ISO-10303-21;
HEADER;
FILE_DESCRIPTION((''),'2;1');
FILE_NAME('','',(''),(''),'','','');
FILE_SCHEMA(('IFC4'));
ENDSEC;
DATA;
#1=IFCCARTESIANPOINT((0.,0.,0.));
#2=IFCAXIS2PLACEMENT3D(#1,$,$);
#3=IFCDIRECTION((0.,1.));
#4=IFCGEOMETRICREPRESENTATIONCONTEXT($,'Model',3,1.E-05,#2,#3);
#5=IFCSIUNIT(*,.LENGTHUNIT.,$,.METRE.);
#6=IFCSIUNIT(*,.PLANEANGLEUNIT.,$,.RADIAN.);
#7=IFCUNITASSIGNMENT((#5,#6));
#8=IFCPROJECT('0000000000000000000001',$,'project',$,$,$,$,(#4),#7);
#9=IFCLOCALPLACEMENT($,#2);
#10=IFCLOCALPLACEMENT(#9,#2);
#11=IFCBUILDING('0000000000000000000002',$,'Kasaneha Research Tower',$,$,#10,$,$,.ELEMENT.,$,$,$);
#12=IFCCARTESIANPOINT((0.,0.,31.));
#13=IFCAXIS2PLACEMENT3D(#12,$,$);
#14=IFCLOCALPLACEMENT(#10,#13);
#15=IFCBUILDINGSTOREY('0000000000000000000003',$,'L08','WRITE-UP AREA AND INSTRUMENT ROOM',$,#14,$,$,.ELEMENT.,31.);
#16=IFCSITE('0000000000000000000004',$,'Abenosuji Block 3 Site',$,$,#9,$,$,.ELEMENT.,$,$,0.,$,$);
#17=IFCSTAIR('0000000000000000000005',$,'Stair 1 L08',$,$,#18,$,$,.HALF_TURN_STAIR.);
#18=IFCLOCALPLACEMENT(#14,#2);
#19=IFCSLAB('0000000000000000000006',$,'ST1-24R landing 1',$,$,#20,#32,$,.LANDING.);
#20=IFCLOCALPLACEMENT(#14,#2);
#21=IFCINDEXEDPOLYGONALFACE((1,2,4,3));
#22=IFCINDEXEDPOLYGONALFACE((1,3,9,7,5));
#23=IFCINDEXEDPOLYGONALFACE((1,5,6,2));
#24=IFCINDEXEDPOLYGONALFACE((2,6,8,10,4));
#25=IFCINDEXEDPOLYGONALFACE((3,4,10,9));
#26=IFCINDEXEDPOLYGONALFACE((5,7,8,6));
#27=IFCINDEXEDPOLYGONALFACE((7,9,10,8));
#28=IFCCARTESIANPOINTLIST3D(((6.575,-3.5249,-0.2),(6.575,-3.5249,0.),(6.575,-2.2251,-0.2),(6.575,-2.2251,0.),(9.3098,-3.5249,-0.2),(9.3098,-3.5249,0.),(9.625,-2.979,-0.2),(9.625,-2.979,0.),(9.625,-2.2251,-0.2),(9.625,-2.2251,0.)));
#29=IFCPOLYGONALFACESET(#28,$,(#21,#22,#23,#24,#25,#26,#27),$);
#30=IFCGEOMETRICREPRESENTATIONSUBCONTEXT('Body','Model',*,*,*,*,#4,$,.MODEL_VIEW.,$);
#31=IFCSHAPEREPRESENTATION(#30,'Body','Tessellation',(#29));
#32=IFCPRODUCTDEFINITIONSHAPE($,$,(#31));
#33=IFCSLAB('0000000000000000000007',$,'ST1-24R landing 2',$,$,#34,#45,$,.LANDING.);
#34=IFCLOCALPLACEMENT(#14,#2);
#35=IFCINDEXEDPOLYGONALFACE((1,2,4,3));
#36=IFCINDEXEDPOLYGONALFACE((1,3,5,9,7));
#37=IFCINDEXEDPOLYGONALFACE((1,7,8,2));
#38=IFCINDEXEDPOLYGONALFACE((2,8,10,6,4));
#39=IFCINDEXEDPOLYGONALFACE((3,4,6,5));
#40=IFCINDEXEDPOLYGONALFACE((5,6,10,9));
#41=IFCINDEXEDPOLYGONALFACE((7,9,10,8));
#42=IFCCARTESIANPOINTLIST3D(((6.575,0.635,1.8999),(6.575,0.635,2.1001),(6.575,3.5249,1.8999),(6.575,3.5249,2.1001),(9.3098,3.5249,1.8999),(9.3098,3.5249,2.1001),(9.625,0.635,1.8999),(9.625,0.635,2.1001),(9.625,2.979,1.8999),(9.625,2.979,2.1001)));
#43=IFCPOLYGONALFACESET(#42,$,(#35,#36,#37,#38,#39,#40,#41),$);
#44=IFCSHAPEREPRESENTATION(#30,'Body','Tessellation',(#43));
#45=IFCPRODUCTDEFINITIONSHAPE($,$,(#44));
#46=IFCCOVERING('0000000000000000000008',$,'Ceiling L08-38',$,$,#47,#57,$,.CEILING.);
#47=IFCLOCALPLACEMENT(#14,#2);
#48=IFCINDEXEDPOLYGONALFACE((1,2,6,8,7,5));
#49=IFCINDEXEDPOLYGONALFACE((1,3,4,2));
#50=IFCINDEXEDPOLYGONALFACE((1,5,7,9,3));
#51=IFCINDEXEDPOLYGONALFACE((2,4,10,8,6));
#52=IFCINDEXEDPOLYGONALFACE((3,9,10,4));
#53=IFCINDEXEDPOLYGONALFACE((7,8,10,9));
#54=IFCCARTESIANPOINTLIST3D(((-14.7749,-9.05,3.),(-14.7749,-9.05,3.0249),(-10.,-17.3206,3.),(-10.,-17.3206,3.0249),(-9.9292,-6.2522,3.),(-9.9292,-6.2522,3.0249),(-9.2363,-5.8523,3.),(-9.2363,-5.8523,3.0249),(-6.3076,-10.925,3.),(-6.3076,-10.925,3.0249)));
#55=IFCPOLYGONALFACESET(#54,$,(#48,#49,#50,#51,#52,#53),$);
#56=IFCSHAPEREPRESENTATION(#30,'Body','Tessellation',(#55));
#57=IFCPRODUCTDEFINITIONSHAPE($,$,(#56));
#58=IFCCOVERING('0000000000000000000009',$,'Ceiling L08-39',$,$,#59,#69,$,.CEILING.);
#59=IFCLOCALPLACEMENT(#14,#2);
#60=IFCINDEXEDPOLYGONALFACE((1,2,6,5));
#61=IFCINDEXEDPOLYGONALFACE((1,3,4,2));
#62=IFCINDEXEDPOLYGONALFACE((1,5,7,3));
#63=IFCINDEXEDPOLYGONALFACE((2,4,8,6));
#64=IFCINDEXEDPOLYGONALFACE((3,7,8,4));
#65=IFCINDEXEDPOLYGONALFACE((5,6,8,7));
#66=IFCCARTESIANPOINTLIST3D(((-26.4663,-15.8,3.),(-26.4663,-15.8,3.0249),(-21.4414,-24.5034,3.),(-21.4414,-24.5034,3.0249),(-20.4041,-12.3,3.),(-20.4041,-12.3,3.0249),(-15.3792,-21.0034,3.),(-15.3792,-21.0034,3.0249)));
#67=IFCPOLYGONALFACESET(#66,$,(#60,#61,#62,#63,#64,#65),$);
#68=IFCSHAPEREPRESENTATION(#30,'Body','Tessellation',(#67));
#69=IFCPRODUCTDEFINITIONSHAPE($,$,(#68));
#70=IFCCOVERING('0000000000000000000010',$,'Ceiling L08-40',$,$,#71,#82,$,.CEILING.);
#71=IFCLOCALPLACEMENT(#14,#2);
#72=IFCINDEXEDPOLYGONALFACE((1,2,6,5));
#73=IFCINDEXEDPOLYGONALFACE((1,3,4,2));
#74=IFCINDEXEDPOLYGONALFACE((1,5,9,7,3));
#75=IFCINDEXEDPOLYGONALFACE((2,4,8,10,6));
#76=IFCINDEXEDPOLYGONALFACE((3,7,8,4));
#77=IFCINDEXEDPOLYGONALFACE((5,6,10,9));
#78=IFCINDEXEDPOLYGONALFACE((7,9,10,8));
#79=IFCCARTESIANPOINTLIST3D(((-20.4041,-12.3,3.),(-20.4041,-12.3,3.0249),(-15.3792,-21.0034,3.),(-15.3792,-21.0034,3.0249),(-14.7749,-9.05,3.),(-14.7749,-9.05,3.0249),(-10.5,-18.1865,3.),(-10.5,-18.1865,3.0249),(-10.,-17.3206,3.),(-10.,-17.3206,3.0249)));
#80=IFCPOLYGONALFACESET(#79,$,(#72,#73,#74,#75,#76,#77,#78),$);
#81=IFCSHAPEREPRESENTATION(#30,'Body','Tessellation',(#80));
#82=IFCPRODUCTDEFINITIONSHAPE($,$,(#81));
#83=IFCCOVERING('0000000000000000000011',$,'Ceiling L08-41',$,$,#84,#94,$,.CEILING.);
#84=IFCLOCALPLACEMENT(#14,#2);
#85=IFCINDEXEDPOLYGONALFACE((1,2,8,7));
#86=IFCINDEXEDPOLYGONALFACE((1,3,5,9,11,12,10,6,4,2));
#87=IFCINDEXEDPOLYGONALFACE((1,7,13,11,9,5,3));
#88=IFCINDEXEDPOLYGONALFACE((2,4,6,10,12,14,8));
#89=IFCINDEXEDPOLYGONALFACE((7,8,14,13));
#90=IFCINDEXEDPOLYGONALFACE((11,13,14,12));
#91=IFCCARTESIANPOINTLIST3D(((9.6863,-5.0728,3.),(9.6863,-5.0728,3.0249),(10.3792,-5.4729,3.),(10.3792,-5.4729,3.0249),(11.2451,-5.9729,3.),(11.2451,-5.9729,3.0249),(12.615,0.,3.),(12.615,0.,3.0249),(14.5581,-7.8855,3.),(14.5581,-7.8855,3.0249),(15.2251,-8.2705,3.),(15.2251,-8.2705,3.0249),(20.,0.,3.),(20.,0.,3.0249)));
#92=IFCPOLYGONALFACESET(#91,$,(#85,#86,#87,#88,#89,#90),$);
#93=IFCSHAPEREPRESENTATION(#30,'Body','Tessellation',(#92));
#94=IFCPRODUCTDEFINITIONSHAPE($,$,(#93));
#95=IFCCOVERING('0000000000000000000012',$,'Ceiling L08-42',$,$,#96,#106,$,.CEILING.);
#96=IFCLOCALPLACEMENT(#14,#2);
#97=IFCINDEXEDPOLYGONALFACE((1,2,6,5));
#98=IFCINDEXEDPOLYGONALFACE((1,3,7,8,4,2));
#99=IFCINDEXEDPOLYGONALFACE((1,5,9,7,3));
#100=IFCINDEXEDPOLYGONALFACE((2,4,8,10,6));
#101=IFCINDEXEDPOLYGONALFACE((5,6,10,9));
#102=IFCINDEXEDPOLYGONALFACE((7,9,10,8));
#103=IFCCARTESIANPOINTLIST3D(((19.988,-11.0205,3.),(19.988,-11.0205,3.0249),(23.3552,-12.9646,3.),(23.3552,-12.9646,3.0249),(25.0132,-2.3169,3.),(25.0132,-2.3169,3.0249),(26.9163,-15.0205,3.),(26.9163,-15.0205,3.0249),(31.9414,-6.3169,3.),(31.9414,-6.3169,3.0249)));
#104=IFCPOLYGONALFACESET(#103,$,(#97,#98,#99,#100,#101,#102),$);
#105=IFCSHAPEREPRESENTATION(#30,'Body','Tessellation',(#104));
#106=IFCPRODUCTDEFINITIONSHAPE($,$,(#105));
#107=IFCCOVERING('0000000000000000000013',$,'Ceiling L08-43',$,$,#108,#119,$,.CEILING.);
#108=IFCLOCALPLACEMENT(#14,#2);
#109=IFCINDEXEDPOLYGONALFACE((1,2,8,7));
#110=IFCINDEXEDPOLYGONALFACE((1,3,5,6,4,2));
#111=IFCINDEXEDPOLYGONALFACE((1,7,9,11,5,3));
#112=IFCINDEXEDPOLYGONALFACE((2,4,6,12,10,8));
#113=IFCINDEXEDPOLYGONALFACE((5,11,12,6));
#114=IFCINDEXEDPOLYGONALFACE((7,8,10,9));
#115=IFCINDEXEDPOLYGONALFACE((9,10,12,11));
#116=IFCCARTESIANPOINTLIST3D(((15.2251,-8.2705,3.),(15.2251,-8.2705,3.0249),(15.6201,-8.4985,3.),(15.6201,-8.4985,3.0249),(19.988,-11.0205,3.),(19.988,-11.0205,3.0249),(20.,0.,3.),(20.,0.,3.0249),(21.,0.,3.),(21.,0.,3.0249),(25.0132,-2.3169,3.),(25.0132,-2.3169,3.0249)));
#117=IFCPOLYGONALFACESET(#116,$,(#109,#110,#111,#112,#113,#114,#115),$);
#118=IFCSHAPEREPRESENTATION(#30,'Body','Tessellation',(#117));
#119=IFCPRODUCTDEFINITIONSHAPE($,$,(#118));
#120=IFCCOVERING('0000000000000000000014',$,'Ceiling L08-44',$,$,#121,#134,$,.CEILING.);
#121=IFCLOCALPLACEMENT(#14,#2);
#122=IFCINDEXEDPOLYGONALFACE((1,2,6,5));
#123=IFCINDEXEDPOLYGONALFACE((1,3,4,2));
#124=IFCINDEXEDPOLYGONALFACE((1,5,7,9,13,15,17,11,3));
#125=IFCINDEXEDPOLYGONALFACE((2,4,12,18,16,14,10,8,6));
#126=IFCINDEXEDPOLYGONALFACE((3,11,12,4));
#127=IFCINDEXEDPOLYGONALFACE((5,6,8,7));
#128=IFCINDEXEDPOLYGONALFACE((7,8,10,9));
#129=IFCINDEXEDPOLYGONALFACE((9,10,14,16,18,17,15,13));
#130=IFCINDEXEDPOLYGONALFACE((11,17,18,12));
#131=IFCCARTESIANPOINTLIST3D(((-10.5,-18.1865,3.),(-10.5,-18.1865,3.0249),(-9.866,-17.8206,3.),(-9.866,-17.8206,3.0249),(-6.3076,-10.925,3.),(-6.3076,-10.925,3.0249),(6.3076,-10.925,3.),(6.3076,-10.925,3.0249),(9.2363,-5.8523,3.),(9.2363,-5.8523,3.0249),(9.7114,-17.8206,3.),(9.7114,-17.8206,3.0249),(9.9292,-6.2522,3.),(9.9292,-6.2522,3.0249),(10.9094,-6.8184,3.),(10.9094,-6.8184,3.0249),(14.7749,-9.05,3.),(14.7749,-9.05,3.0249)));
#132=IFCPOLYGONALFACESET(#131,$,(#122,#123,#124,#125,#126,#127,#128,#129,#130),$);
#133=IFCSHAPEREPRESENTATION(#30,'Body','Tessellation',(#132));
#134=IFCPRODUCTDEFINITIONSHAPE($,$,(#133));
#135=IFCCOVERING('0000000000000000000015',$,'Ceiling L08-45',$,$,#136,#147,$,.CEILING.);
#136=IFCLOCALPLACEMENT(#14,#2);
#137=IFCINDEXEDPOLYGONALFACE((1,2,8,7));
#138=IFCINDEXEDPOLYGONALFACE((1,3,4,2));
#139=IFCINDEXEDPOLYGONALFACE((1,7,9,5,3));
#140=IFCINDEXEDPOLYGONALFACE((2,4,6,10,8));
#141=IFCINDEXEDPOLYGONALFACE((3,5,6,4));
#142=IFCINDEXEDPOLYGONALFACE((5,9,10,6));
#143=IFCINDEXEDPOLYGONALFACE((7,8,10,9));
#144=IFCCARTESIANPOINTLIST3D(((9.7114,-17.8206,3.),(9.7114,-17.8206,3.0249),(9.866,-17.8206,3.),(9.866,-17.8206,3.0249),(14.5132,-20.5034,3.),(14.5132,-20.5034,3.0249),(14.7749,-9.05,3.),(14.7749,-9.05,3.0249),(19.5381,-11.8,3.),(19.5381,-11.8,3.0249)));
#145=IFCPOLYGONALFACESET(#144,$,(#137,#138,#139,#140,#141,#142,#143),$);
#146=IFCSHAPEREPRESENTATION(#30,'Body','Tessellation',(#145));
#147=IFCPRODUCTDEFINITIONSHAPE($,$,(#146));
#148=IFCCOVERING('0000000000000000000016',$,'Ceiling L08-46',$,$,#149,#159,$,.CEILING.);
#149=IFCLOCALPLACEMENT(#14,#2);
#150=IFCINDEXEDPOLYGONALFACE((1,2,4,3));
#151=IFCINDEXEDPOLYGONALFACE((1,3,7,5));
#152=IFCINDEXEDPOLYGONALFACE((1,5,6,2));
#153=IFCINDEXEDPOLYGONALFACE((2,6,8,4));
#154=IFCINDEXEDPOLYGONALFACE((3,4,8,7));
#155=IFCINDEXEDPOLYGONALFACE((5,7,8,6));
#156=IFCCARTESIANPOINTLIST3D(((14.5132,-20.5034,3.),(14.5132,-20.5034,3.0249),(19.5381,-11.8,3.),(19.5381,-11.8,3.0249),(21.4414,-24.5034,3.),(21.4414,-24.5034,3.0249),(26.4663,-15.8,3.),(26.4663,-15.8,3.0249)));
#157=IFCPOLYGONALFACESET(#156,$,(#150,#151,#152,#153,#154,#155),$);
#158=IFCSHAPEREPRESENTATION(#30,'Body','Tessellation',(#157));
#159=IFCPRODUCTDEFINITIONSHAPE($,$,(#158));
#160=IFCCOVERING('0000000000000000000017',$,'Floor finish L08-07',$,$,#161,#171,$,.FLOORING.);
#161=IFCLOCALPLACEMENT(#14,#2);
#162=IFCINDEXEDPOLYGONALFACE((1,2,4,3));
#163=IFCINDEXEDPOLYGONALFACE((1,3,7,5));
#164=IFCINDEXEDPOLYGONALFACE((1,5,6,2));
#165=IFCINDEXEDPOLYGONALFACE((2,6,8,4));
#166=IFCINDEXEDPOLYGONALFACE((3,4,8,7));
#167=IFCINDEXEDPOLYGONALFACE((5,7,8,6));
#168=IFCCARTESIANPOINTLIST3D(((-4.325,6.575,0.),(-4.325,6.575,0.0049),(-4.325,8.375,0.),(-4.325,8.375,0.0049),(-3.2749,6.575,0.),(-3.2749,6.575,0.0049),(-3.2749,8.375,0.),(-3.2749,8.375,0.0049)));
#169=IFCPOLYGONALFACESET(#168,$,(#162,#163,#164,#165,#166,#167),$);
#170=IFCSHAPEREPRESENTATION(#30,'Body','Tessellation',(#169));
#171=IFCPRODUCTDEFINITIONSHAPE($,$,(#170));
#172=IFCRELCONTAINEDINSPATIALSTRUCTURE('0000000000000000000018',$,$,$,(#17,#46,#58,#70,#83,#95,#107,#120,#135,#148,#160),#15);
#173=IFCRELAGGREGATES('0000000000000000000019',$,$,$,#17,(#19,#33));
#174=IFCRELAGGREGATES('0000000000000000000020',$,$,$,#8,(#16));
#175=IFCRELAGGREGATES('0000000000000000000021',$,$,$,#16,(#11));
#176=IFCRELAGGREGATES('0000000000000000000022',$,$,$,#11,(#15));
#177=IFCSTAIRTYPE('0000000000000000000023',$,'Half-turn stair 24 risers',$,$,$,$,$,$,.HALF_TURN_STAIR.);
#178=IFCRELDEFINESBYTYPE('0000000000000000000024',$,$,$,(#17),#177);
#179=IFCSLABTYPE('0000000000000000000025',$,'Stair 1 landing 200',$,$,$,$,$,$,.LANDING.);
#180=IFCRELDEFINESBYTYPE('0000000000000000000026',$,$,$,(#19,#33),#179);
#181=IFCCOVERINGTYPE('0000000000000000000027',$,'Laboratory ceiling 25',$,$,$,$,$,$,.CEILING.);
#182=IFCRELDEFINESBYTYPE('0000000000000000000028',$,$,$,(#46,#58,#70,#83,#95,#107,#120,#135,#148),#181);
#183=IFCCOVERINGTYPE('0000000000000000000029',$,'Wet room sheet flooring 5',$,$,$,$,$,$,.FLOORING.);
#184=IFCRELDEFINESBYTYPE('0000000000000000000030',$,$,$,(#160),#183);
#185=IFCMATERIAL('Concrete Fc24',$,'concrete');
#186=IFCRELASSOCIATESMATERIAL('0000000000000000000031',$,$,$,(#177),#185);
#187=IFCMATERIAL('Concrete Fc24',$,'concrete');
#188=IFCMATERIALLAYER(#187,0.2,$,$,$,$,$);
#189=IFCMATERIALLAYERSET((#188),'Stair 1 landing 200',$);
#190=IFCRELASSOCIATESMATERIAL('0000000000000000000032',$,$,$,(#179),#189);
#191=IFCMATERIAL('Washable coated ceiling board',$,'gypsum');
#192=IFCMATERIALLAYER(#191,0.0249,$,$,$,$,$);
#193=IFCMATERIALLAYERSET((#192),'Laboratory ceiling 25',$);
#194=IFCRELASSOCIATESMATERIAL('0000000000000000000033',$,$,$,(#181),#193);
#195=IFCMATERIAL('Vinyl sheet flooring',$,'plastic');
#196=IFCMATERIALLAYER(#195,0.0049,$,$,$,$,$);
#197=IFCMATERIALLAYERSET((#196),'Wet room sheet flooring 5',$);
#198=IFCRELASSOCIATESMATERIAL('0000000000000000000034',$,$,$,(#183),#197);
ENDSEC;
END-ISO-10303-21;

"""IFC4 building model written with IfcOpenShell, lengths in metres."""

from ifc_helpers import new_model, si_unit, direction, frame, origin, place, context, subcontext, project, spatial, polyline, outline, extrude, material, layer, layer_set, type_object, element, aggregate, save


model = new_model("IFC4")

# Units and contexts
model_context = context("Model", 3, precision=1e-05, world=origin(), true_north=direction((0.0, 1.0)))
body_context = subcontext(model_context, "Body", "Model", "MODEL_VIEW")
ifc_project = project(units=[si_unit("LENGTHUNIT", "METRE"), si_unit("PLANEANGLEUNIT", "RADIAN")], contexts=[model_context])

# Site, building, storey
site_placement = place(None, origin())
site = spatial("IfcSite", under=ifc_project, at=site_placement, Name="Abenosuji Block 3 Site", CompositionType="ELEMENT", RefElevation=0.0)
building_placement = place(site_placement, origin())
building = spatial("IfcBuilding", under=site, at=building_placement, Name="Kasaneha Research Tower", CompositionType="ELEMENT")
storey_placement = place(building_placement, frame((0.0, 0.0, 31.0)))
storey = spatial("IfcBuildingStorey", under=building, at=storey_placement, Name="L08", Description="WRITE-UP AREA AND INSTRUMENT ROOM", CompositionType="ELEMENT", Elevation=31.0)

# Stair, slabs
ifc_material_1 = material(Name="Concrete Fc24", Category="concrete")
stair_type = type_object("IfcStairType", Name="Half-turn stair 24 risers", PredefinedType="HALF_TURN_STAIR", material=ifc_material_1)
stair_placement = place(storey_placement, origin())
stair = element("IfcStair", 1, at=stair_placement, inside=storey, type_object=stair_type, Name="Stair 1 L08", PredefinedType="HALF_TURN_STAIR")
ifc_material_2 = material(Name="Concrete Fc24", Category="concrete")
ifc_layer_1 = layer(ifc_material_2, 0.2)
ifc_layer_set_1 = layer_set([ifc_layer_1], Name="Stair 1 landing 200")
slab_type = type_object("IfcSlabType", Name="Stair 1 landing 200", PredefinedType="LANDING", material=ifc_layer_set_1)
slab_1_placement = place(storey_placement, frame((0.0, 0.0, -0.2)))
slab_1 = element("IfcSlab", 2, at=slab_1_placement, type_object=slab_type, Name="ST1-24R landing 1", PredefinedType="LANDING", context=body_context, shape_type="SweptSolid", body=[
    extrude(outline(polyline([(9.3098, -3.5249), (6.575, -3.5249), (6.575, -2.2251), (9.625, -2.2251), (9.625, -2.979), (9.3098, -3.5249)])), origin(), (0.0, 0.0, 1.0), 0.2),
])
slab_2_placement = place(storey_placement, frame((0.0, 0.0, 1.8999)))
slab_2 = element("IfcSlab", 3, at=slab_2_placement, type_object=slab_type, Name="ST1-24R landing 2", PredefinedType="LANDING", context=body_context, shape_type="SweptSolid", body=[
    extrude(outline(polyline([(6.575, 3.5249), (9.3098, 3.5249), (9.625, 2.979), (9.625, 0.635), (6.575, 0.635), (6.575, 3.5249)])), origin(), (0.0, 0.0, 1.0), 0.2002),
])
aggregate(stair, [slab_1, slab_2])

# Coverings
ifc_material_3 = material(Name="Washable coated ceiling board", Category="gypsum")
ifc_layer_2 = layer(ifc_material_3, 0.0249)
ifc_layer_set_2 = layer_set([ifc_layer_2], Name="Laboratory ceiling 25")
covering_type_1 = type_object("IfcCoveringType", Name="Laboratory ceiling 25", PredefinedType="CEILING", material=ifc_layer_set_2)
covering_1_placement = place(storey_placement, frame((0.0, 0.0, 3.0)))
element("IfcCovering", 4, at=covering_1_placement, inside=storey, type_object=covering_type_1, Name="Ceiling L08-38", PredefinedType="CEILING", context=body_context, shape_type="SweptSolid", body=[
    extrude(outline(polyline([(-9.2363, -5.8523), (-6.3076, -10.925), (-10.0, -17.3206), (-14.7749, -9.05), (-9.9292, -6.2522), (-9.9292, -6.2522), (-9.2363, -5.8523)])), origin(), (0.0, 0.0, 1.0), 0.0249),
])
covering_2_placement = place(storey_placement, frame((0.0, 0.0, 3.0)))
element("IfcCovering", 5, at=covering_2_placement, inside=storey, type_object=covering_type_1, Name="Ceiling L08-39", PredefinedType="CEILING", context=body_context, shape_type="SweptSolid", body=[
    extrude(outline(polyline([(-21.4414, -24.5034), (-26.4663, -15.8), (-20.4041, -12.3), (-15.3792, -21.0034), (-21.4414, -24.5034)])), origin(), (0.0, 0.0, 1.0), 0.0249),
])
covering_3_placement = place(storey_placement, frame((0.0, 0.0, 3.0)))
element("IfcCovering", 6, at=covering_3_placement, inside=storey, type_object=covering_type_1, Name="Ceiling L08-40", PredefinedType="CEILING", context=body_context, shape_type="SweptSolid", body=[
    extrude(outline(polyline([(-10.5, -18.1865), (-15.3792, -21.0034), (-20.4041, -12.3), (-14.7749, -9.05), (-10.0, -17.3206), (-10.5, -18.1865)])), origin(), (0.0, 0.0, 1.0), 0.0249),
])
covering_4_placement = place(storey_placement, frame((0.0, 0.0, 3.0)))
element("IfcCovering", 7, at=covering_4_placement, inside=storey, type_object=covering_type_1, Name="Ceiling L08-41", PredefinedType="CEILING", context=body_context, shape_type="SweptSolid", body=[
    extrude(outline(polyline([(11.2451, -5.9729), (10.3792, -5.4729), (9.6863, -5.0728), (12.615, 0.0), (20.0, 0.0), (15.2251, -8.2705), (14.5581, -7.8855), (11.2451, -5.9729)])), origin(), (0.0, 0.0, 1.0), 0.0249),
])
covering_5_placement = place(storey_placement, frame((0.0, 0.0, 3.0)))
element("IfcCovering", 8, at=covering_5_placement, inside=storey, type_object=covering_type_1, Name="Ceiling L08-42", PredefinedType="CEILING", context=body_context, shape_type="SweptSolid", body=[
    extrude(outline(polyline([(19.988, -11.0205), (25.0132, -2.3169), (31.9414, -6.3169), (26.9163, -15.0205), (23.3552, -12.9646), (19.988, -11.0205)])), origin(), (0.0, 0.0, 1.0), 0.0249),
])
covering_6_placement = place(storey_placement, frame((0.0, 0.0, 3.0)))
element("IfcCovering", 9, at=covering_6_placement, inside=storey, type_object=covering_type_1, Name="Ceiling L08-43", PredefinedType="CEILING", context=body_context, shape_type="SweptSolid", body=[
    extrude(outline(polyline([(15.2251, -8.2705), (20.0, 0.0), (21.0, 0.0), (25.0132, -2.3169), (19.988, -11.0205), (15.6201, -8.4985), (15.2251, -8.2705)])), origin(), (0.0, 0.0, 1.0), 0.0249),
])
covering_7_placement = place(storey_placement, frame((0.0, 0.0, 3.0)))
element("IfcCovering", 10, at=covering_7_placement, inside=storey, type_object=covering_type_1, Name="Ceiling L08-44", PredefinedType="CEILING", context=body_context, shape_type="SweptSolid", body=[
    extrude(outline(polyline([(-10.5, -18.1865), (-6.3076, -10.925), (6.3076, -10.925), (9.2363, -5.8523), (9.9292, -6.2522), (9.9292, -6.2522), (10.9094, -6.8184), (14.7749, -9.05), (9.7114, -17.8206), (-9.866, -17.8206), (-10.5, -18.1865)])), origin(), (0.0, 0.0, 1.0), 0.0249),
])
covering_8_placement = place(storey_placement, frame((0.0, 0.0, 3.0)))
element("IfcCovering", 11, at=covering_8_placement, inside=storey, type_object=covering_type_1, Name="Ceiling L08-45", PredefinedType="CEILING", context=body_context, shape_type="SweptSolid", body=[
    extrude(outline(polyline([(14.7749, -9.05), (19.5381, -11.8), (14.5132, -20.5034), (9.866, -17.8206), (9.7114, -17.8206), (14.7749, -9.05)])), origin(), (0.0, 0.0, 1.0), 0.0249),
])
covering_9_placement = place(storey_placement, frame((0.0, 0.0, 3.0)))
element("IfcCovering", 12, at=covering_9_placement, inside=storey, type_object=covering_type_1, Name="Ceiling L08-46", PredefinedType="CEILING", context=body_context, shape_type="SweptSolid", body=[
    extrude(outline(polyline([(21.4414, -24.5034), (14.5132, -20.5034), (19.5381, -11.8), (26.4663, -15.8), (21.4414, -24.5034)])), origin(), (0.0, 0.0, 1.0), 0.0249),
])
ifc_material_4 = material(Name="Vinyl sheet flooring", Category="plastic")
ifc_layer_3 = layer(ifc_material_4, 0.0049)
ifc_layer_set_3 = layer_set([ifc_layer_3], Name="Wet room sheet flooring 5")
covering_type_2 = type_object("IfcCoveringType", Name="Wet room sheet flooring 5", PredefinedType="FLOORING", material=ifc_layer_set_3)
covering_10_placement = place(storey_placement, origin())
element("IfcCovering", 13, at=covering_10_placement, inside=storey, type_object=covering_type_2, Name="Floor finish L08-07", PredefinedType="FLOORING", context=body_context, shape_type="SweptSolid", body=[
    extrude(outline(polyline([(-4.325, 6.575), (-4.325, 8.375), (-3.2749, 8.375), (-3.2749, 6.575), (-4.325, 6.575)])), origin(), (0.0, 0.0, 1.0), 0.0049),
])

save(model, "model.ifc")
